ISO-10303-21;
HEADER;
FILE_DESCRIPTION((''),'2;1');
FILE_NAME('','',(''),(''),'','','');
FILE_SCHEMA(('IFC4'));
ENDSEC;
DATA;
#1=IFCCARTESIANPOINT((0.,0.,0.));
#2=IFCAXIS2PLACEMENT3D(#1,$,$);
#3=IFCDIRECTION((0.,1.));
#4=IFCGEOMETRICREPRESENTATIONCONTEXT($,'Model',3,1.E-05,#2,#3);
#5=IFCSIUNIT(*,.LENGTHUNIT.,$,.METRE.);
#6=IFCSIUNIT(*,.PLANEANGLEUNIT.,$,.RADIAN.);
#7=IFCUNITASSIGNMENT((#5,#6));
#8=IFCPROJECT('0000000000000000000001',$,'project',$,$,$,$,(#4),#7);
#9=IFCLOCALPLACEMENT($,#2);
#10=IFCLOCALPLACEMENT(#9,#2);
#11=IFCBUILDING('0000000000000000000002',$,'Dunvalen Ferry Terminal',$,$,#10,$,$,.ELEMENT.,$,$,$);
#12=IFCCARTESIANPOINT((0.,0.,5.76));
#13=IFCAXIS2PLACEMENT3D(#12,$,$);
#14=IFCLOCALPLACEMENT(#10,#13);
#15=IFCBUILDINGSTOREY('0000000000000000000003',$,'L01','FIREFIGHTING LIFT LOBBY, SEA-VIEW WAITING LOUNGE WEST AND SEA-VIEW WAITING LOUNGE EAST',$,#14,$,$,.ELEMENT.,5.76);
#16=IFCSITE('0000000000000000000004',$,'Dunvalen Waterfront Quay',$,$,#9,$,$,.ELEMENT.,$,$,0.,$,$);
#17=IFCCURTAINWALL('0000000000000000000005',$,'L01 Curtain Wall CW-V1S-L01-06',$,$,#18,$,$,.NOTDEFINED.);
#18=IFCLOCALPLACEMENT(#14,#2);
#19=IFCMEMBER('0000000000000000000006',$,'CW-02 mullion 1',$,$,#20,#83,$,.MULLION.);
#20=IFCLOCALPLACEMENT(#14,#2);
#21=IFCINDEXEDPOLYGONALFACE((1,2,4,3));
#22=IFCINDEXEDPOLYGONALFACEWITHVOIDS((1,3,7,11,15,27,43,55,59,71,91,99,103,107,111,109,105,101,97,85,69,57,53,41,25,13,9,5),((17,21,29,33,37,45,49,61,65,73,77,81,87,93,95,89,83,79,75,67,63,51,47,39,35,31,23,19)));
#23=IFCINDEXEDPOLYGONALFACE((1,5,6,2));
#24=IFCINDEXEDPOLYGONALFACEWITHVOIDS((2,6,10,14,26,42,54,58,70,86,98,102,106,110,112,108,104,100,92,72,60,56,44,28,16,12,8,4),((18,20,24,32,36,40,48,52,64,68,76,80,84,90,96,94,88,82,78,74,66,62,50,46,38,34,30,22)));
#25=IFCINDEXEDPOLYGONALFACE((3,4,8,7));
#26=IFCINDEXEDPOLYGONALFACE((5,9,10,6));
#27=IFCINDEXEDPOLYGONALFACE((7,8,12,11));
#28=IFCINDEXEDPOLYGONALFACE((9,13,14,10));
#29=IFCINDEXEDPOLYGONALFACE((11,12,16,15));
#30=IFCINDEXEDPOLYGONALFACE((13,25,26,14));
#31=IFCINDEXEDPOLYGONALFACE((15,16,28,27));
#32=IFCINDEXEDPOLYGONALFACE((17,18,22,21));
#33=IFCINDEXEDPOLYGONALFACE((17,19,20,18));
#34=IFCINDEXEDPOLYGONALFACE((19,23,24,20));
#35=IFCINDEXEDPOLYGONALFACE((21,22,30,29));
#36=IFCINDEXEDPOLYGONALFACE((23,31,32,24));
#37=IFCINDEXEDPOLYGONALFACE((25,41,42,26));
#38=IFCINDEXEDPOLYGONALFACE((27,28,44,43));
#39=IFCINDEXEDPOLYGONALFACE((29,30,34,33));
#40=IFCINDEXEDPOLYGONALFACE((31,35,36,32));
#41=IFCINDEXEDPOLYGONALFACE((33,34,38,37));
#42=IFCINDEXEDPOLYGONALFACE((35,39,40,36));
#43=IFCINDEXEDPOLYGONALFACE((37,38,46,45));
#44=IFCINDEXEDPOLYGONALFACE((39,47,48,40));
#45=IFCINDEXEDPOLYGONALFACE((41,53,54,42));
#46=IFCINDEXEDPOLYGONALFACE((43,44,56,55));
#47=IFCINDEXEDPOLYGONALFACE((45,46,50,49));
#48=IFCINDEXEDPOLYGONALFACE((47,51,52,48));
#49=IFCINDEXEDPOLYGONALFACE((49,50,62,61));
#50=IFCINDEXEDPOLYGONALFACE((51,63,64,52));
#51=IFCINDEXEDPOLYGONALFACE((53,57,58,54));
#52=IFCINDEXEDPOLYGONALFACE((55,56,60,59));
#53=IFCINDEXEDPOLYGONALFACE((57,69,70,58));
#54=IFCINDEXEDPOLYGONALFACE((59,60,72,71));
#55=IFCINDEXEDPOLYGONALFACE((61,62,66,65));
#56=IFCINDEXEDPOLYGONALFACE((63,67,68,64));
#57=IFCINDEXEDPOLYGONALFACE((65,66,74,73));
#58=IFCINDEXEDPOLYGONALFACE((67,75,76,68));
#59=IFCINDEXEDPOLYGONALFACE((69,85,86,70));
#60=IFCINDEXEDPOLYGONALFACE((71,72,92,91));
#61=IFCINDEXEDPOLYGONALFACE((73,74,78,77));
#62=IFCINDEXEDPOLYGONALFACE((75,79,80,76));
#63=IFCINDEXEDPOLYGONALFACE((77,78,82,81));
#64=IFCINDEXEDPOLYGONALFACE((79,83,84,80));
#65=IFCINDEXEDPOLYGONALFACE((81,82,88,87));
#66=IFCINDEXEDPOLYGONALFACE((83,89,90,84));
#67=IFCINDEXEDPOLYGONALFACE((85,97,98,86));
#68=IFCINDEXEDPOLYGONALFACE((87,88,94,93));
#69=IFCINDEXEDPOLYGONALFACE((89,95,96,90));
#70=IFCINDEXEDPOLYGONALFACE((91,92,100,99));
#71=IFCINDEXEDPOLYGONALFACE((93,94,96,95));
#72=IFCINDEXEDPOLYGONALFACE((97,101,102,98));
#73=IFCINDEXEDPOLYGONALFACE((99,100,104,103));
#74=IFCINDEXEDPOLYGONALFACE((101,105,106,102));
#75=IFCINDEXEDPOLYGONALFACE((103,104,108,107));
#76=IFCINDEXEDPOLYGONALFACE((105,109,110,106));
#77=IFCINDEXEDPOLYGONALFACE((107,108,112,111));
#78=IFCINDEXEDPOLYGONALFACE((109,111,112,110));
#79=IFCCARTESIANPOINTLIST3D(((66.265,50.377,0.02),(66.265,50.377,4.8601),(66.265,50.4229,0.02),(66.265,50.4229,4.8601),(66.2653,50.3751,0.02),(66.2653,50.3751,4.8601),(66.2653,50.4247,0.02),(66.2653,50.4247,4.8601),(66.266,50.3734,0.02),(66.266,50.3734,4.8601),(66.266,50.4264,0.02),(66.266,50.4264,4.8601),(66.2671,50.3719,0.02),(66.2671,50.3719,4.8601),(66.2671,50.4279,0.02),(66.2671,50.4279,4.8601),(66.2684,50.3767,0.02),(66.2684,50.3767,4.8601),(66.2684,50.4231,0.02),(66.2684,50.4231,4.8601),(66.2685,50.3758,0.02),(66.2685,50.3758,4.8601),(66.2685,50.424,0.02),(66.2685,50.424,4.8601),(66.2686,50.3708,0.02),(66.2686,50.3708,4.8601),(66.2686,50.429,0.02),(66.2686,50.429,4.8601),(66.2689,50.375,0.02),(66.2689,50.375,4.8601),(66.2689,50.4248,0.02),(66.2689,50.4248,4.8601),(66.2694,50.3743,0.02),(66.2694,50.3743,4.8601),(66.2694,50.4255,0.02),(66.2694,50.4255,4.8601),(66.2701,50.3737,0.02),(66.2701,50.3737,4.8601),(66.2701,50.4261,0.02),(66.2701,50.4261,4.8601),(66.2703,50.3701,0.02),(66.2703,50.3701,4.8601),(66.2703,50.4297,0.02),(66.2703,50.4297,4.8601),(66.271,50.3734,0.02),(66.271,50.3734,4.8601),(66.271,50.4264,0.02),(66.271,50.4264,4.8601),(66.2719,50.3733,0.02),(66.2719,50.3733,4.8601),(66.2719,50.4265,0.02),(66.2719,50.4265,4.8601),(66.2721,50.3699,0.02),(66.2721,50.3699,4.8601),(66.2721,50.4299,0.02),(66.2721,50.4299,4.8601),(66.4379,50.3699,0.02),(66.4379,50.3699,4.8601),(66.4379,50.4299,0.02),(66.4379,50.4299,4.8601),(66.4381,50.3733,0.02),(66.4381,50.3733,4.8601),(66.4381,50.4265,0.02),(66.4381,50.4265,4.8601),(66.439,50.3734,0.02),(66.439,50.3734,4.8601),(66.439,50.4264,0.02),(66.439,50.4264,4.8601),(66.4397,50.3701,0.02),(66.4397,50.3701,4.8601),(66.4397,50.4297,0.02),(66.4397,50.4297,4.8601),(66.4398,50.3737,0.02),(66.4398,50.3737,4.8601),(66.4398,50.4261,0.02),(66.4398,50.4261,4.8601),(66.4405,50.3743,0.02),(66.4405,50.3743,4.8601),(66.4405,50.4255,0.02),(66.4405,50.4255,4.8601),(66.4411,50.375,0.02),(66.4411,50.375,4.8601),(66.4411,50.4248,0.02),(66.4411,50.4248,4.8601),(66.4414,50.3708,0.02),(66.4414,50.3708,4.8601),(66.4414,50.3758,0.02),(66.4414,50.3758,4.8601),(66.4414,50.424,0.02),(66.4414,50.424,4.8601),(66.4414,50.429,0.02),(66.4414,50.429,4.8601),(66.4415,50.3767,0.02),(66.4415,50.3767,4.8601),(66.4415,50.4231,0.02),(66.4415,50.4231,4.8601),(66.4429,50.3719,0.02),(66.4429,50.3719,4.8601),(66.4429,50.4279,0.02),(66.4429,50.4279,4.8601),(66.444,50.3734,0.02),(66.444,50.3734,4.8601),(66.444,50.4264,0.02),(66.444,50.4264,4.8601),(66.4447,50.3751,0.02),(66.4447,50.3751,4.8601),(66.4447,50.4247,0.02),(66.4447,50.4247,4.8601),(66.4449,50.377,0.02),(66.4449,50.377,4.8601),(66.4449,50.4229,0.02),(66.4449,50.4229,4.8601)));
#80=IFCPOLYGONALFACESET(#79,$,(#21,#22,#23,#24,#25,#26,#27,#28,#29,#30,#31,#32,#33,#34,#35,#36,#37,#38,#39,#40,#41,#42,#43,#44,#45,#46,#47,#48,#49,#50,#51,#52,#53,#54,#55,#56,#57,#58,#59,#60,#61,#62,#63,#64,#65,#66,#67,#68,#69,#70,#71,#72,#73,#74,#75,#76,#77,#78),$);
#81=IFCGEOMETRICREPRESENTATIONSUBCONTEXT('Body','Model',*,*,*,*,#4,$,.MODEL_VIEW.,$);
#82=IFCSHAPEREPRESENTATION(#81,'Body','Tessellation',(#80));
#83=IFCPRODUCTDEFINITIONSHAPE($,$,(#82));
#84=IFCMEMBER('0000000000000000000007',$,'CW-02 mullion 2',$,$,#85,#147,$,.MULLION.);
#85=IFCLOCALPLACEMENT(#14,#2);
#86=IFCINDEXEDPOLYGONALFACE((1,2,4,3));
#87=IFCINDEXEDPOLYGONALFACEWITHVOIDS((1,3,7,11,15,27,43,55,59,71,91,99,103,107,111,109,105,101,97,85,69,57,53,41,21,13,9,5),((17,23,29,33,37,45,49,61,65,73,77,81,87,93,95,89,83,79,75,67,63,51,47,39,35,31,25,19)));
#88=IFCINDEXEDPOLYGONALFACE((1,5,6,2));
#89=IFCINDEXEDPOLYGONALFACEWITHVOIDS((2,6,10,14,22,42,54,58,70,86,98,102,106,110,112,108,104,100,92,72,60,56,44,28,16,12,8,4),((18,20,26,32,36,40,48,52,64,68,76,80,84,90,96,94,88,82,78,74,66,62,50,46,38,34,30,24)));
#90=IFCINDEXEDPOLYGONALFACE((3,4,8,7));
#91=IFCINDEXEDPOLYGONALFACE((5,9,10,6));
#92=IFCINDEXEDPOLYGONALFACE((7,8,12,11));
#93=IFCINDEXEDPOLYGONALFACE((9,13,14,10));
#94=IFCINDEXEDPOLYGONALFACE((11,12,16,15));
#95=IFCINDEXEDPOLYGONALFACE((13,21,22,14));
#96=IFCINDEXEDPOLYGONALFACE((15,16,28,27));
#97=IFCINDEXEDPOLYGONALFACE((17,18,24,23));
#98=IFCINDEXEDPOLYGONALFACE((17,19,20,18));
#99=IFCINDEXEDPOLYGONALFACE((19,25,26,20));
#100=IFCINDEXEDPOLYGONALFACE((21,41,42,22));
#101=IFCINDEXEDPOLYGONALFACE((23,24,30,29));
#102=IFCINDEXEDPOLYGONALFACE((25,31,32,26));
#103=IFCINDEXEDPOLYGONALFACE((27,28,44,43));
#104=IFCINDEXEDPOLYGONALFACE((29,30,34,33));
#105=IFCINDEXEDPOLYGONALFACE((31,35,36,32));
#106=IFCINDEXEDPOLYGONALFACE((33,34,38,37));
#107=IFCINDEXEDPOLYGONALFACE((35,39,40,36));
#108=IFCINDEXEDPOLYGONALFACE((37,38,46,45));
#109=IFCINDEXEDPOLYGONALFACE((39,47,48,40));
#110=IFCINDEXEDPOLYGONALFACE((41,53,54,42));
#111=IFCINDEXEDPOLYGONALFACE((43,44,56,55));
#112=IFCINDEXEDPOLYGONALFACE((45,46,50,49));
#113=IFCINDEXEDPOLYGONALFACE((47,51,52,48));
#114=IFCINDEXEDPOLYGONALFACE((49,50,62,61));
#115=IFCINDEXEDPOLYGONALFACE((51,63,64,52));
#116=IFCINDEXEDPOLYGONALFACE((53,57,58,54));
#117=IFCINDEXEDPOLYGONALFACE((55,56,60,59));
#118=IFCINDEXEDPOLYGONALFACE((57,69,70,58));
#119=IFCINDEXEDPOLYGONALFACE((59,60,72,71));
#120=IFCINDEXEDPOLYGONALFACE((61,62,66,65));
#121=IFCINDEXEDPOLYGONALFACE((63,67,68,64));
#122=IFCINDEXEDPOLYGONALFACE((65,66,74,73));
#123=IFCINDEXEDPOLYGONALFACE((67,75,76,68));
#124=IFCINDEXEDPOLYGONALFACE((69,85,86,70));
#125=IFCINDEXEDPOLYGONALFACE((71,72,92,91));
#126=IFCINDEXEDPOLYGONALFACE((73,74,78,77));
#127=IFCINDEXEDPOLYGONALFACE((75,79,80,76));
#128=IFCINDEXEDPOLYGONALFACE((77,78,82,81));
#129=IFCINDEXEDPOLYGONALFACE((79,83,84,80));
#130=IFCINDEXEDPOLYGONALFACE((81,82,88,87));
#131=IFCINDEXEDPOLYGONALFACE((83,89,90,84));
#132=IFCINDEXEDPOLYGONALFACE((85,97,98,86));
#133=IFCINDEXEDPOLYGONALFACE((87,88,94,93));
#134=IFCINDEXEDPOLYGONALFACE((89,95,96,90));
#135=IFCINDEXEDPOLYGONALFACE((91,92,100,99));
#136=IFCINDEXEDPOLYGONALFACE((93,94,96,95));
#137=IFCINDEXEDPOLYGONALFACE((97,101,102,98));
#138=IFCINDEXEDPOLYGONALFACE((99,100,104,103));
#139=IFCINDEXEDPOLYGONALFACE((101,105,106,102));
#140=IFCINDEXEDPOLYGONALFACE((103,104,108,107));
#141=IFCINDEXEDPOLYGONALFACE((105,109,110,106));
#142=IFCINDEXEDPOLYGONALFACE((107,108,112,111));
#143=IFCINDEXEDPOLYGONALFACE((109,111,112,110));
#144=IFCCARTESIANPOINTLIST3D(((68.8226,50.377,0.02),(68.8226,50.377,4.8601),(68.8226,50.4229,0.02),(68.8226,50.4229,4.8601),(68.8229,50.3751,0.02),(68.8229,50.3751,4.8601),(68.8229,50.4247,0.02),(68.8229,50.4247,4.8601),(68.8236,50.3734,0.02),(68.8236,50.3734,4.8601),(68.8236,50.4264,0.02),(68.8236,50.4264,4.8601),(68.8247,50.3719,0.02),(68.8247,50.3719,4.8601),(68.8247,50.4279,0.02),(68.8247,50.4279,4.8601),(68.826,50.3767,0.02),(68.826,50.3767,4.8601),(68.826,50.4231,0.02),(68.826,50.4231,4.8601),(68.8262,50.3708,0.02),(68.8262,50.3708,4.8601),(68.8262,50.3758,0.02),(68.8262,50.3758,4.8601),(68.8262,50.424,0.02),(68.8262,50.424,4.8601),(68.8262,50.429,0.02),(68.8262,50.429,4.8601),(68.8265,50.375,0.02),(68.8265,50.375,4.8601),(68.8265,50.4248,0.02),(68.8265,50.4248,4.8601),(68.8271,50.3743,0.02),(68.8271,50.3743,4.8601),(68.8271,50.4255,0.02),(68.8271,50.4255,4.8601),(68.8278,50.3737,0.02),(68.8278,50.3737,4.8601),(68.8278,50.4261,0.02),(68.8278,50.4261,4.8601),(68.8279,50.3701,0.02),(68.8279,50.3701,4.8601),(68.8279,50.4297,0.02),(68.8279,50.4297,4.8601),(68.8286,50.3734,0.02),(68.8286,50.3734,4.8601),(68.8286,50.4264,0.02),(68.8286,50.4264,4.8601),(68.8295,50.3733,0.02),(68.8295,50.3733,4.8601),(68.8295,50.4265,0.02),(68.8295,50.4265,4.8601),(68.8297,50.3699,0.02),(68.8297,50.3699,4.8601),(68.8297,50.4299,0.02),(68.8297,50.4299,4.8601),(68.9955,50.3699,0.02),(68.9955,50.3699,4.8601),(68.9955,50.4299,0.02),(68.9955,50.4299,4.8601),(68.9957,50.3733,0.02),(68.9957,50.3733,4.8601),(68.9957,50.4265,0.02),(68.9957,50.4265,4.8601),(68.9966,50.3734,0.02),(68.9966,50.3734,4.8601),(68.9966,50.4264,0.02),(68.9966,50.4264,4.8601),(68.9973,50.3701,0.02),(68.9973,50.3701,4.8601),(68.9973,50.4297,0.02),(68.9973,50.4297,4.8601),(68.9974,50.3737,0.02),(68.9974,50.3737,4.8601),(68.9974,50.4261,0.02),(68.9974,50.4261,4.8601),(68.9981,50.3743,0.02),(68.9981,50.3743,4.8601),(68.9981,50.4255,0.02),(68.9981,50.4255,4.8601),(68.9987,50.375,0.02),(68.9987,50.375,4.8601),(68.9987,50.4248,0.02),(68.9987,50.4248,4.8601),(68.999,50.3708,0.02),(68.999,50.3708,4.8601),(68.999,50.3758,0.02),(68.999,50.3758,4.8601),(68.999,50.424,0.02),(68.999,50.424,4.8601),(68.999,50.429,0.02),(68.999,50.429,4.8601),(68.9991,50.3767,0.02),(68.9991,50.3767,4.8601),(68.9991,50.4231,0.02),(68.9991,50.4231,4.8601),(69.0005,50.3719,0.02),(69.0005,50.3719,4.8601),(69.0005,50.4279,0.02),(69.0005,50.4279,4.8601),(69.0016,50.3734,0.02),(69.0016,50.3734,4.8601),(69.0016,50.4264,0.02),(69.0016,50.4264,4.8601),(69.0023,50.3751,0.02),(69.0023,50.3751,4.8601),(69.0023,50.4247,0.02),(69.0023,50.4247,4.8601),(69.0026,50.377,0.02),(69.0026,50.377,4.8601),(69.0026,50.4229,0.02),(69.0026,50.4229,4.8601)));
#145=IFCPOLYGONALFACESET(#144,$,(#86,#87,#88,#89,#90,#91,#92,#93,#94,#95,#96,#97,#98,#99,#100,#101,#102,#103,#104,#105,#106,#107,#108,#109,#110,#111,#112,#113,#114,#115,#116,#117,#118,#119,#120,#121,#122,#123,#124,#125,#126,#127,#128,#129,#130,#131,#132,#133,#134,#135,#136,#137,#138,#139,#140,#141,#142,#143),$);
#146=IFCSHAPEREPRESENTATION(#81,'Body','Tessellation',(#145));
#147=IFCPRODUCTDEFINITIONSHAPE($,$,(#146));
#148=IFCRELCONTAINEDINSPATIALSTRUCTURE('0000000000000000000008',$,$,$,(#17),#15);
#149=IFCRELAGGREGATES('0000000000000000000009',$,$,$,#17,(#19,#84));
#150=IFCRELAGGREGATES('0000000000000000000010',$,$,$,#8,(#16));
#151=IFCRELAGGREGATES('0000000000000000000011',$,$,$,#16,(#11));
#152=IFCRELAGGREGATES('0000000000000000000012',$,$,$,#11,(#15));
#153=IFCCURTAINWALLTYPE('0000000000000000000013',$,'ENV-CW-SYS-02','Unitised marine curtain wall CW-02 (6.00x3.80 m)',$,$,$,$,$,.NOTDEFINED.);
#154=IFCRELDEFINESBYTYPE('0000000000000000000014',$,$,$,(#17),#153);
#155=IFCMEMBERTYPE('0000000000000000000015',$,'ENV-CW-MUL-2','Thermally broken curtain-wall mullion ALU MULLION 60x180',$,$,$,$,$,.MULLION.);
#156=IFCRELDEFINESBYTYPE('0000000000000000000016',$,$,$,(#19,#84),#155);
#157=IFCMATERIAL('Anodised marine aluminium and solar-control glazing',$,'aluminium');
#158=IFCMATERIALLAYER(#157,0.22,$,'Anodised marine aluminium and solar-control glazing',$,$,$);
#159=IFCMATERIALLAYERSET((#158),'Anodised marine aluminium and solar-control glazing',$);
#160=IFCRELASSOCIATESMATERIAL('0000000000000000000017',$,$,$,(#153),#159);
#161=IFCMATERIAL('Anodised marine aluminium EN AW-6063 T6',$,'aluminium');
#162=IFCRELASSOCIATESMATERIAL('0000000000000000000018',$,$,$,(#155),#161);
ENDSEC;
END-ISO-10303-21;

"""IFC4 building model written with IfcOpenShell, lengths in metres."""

from ifc_helpers import new_model, si_unit, direction, frame, origin, origin_2d, place, context, subcontext, project, spatial, hollow_rectangle, extrude, material, layer, layer_set, material_profile, profile_set, type_object, element, aggregate, save


model = new_model("IFC4")

# Units and contexts
model_context = context("Model", 3, precision=1e-05, world=origin(), true_north=direction((0.0, 1.0)))
body_context = subcontext(model_context, "Body", "Model", "MODEL_VIEW")
ifc_project = project(units=[si_unit("LENGTHUNIT", "METRE"), si_unit("PLANEANGLEUNIT", "RADIAN")], contexts=[model_context])

# Site, building, storey
site_placement = place(None, origin())
site = spatial("IfcSite", under=ifc_project, at=site_placement, Name="Dunvalen Waterfront Quay", CompositionType="ELEMENT", RefElevation=0.0)
building_placement = place(site_placement, origin())
building = spatial("IfcBuilding", under=site, at=building_placement, Name="Dunvalen Ferry Terminal", CompositionType="ELEMENT")
storey_placement = place(building_placement, frame((0.0, 0.0, 5.76)))
storey = spatial("IfcBuildingStorey", under=building, at=storey_placement, Name="L01", Description="FIREFIGHTING LIFT LOBBY, SEA-VIEW WAITING LOUNGE WEST AND SEA-VIEW WAITING LOUNGE EAST", CompositionType="ELEMENT", Elevation=5.76)

# Shared definitions
ifc_material_1 = material(Name="Anodised marine aluminium and solar-control glazing", Category="aluminium")
ifc_layer_1 = layer(ifc_material_1, 0.22, Name="Anodised marine aluminium and solar-control glazing")
ifc_layer_set_1 = layer_set([ifc_layer_1], Name="Anodised marine aluminium and solar-control glazing")
curtain_wall_type = type_object("IfcCurtainWallType", Name="ENV-CW-SYS-02", Description="Unitised marine curtain wall CW-02 (6.00x3.80 m)", PredefinedType="NOTDEFINED", material=ifc_layer_set_1)
ifc_material_2 = material(Name="Anodised marine aluminium EN AW-6063 T6", Category="aluminium")
ifc_material_profile_1 = material_profile(ifc_material_2, hollow_rectangle(XDim=0.0601, YDim=0.1799, WallThickness=0.0034, InnerFilletRadius=0.0034, OuterFilletRadius=0.0071, at=origin_2d()), Name="Anodised marine aluminium EN AW-6063 T6")
ifc_profile_set_1 = profile_set([ifc_material_profile_1], Name="Anodised marine aluminium EN AW-6063 T6")
member_type_1 = type_object("IfcMemberType", Name="ENV-CW-MUL-2", Description="Thermally broken curtain-wall mullion ALU MULLION 60x180", PredefinedType="MULLION", material=ifc_profile_set_1)

# Curtain wall, members
curtain_wall_1_placement = place(storey_placement, origin())
curtain_wall_1 = element("IfcCurtainWall", 1, at=curtain_wall_1_placement, inside=storey, type_object=curtain_wall_type, Name="L01 Curtain Wall CW-V1S-L01-06", PredefinedType="NOTDEFINED")
member_1_placement = place(storey_placement, frame((66.355, 50.3999, 0.02), z_axis=(0.0, 0.0, 1.0), x_axis=(0.0, 1.0, 0.0)))
member_1 = element("IfcMember", 2, at=member_1_placement, type_object=member_type_1, Name="CW-02 mullion 1", PredefinedType="MULLION", context=body_context, shape_type="SweptSolid", body=[
    extrude(hollow_rectangle(XDim=0.0601, YDim=0.1799, WallThickness=0.0034, InnerFilletRadius=0.0034, OuterFilletRadius=0.0071, at=origin_2d()), origin(), (0.0, 0.0, 1.0), 4.8401),
])
member_2_placement = place(storey_placement, frame((68.9126, 50.3999, 0.02), z_axis=(0.0, 0.0, 1.0), x_axis=(0.0, 1.0, 0.0)))
member_2 = element("IfcMember", 3, at=member_2_placement, type_object=member_type_1, Name="CW-02 mullion 2", PredefinedType="MULLION", context=body_context, shape_type="SweptSolid", body=[
    extrude(hollow_rectangle(XDim=0.0601, YDim=0.1799, WallThickness=0.0034, InnerFilletRadius=0.0034, OuterFilletRadius=0.0071, at=origin_2d()), origin(), (0.0, 0.0, 1.0), 4.8401),
])

aggregate(curtain_wall_1, [member_1, member_2])

save(model, "model.ifc")
